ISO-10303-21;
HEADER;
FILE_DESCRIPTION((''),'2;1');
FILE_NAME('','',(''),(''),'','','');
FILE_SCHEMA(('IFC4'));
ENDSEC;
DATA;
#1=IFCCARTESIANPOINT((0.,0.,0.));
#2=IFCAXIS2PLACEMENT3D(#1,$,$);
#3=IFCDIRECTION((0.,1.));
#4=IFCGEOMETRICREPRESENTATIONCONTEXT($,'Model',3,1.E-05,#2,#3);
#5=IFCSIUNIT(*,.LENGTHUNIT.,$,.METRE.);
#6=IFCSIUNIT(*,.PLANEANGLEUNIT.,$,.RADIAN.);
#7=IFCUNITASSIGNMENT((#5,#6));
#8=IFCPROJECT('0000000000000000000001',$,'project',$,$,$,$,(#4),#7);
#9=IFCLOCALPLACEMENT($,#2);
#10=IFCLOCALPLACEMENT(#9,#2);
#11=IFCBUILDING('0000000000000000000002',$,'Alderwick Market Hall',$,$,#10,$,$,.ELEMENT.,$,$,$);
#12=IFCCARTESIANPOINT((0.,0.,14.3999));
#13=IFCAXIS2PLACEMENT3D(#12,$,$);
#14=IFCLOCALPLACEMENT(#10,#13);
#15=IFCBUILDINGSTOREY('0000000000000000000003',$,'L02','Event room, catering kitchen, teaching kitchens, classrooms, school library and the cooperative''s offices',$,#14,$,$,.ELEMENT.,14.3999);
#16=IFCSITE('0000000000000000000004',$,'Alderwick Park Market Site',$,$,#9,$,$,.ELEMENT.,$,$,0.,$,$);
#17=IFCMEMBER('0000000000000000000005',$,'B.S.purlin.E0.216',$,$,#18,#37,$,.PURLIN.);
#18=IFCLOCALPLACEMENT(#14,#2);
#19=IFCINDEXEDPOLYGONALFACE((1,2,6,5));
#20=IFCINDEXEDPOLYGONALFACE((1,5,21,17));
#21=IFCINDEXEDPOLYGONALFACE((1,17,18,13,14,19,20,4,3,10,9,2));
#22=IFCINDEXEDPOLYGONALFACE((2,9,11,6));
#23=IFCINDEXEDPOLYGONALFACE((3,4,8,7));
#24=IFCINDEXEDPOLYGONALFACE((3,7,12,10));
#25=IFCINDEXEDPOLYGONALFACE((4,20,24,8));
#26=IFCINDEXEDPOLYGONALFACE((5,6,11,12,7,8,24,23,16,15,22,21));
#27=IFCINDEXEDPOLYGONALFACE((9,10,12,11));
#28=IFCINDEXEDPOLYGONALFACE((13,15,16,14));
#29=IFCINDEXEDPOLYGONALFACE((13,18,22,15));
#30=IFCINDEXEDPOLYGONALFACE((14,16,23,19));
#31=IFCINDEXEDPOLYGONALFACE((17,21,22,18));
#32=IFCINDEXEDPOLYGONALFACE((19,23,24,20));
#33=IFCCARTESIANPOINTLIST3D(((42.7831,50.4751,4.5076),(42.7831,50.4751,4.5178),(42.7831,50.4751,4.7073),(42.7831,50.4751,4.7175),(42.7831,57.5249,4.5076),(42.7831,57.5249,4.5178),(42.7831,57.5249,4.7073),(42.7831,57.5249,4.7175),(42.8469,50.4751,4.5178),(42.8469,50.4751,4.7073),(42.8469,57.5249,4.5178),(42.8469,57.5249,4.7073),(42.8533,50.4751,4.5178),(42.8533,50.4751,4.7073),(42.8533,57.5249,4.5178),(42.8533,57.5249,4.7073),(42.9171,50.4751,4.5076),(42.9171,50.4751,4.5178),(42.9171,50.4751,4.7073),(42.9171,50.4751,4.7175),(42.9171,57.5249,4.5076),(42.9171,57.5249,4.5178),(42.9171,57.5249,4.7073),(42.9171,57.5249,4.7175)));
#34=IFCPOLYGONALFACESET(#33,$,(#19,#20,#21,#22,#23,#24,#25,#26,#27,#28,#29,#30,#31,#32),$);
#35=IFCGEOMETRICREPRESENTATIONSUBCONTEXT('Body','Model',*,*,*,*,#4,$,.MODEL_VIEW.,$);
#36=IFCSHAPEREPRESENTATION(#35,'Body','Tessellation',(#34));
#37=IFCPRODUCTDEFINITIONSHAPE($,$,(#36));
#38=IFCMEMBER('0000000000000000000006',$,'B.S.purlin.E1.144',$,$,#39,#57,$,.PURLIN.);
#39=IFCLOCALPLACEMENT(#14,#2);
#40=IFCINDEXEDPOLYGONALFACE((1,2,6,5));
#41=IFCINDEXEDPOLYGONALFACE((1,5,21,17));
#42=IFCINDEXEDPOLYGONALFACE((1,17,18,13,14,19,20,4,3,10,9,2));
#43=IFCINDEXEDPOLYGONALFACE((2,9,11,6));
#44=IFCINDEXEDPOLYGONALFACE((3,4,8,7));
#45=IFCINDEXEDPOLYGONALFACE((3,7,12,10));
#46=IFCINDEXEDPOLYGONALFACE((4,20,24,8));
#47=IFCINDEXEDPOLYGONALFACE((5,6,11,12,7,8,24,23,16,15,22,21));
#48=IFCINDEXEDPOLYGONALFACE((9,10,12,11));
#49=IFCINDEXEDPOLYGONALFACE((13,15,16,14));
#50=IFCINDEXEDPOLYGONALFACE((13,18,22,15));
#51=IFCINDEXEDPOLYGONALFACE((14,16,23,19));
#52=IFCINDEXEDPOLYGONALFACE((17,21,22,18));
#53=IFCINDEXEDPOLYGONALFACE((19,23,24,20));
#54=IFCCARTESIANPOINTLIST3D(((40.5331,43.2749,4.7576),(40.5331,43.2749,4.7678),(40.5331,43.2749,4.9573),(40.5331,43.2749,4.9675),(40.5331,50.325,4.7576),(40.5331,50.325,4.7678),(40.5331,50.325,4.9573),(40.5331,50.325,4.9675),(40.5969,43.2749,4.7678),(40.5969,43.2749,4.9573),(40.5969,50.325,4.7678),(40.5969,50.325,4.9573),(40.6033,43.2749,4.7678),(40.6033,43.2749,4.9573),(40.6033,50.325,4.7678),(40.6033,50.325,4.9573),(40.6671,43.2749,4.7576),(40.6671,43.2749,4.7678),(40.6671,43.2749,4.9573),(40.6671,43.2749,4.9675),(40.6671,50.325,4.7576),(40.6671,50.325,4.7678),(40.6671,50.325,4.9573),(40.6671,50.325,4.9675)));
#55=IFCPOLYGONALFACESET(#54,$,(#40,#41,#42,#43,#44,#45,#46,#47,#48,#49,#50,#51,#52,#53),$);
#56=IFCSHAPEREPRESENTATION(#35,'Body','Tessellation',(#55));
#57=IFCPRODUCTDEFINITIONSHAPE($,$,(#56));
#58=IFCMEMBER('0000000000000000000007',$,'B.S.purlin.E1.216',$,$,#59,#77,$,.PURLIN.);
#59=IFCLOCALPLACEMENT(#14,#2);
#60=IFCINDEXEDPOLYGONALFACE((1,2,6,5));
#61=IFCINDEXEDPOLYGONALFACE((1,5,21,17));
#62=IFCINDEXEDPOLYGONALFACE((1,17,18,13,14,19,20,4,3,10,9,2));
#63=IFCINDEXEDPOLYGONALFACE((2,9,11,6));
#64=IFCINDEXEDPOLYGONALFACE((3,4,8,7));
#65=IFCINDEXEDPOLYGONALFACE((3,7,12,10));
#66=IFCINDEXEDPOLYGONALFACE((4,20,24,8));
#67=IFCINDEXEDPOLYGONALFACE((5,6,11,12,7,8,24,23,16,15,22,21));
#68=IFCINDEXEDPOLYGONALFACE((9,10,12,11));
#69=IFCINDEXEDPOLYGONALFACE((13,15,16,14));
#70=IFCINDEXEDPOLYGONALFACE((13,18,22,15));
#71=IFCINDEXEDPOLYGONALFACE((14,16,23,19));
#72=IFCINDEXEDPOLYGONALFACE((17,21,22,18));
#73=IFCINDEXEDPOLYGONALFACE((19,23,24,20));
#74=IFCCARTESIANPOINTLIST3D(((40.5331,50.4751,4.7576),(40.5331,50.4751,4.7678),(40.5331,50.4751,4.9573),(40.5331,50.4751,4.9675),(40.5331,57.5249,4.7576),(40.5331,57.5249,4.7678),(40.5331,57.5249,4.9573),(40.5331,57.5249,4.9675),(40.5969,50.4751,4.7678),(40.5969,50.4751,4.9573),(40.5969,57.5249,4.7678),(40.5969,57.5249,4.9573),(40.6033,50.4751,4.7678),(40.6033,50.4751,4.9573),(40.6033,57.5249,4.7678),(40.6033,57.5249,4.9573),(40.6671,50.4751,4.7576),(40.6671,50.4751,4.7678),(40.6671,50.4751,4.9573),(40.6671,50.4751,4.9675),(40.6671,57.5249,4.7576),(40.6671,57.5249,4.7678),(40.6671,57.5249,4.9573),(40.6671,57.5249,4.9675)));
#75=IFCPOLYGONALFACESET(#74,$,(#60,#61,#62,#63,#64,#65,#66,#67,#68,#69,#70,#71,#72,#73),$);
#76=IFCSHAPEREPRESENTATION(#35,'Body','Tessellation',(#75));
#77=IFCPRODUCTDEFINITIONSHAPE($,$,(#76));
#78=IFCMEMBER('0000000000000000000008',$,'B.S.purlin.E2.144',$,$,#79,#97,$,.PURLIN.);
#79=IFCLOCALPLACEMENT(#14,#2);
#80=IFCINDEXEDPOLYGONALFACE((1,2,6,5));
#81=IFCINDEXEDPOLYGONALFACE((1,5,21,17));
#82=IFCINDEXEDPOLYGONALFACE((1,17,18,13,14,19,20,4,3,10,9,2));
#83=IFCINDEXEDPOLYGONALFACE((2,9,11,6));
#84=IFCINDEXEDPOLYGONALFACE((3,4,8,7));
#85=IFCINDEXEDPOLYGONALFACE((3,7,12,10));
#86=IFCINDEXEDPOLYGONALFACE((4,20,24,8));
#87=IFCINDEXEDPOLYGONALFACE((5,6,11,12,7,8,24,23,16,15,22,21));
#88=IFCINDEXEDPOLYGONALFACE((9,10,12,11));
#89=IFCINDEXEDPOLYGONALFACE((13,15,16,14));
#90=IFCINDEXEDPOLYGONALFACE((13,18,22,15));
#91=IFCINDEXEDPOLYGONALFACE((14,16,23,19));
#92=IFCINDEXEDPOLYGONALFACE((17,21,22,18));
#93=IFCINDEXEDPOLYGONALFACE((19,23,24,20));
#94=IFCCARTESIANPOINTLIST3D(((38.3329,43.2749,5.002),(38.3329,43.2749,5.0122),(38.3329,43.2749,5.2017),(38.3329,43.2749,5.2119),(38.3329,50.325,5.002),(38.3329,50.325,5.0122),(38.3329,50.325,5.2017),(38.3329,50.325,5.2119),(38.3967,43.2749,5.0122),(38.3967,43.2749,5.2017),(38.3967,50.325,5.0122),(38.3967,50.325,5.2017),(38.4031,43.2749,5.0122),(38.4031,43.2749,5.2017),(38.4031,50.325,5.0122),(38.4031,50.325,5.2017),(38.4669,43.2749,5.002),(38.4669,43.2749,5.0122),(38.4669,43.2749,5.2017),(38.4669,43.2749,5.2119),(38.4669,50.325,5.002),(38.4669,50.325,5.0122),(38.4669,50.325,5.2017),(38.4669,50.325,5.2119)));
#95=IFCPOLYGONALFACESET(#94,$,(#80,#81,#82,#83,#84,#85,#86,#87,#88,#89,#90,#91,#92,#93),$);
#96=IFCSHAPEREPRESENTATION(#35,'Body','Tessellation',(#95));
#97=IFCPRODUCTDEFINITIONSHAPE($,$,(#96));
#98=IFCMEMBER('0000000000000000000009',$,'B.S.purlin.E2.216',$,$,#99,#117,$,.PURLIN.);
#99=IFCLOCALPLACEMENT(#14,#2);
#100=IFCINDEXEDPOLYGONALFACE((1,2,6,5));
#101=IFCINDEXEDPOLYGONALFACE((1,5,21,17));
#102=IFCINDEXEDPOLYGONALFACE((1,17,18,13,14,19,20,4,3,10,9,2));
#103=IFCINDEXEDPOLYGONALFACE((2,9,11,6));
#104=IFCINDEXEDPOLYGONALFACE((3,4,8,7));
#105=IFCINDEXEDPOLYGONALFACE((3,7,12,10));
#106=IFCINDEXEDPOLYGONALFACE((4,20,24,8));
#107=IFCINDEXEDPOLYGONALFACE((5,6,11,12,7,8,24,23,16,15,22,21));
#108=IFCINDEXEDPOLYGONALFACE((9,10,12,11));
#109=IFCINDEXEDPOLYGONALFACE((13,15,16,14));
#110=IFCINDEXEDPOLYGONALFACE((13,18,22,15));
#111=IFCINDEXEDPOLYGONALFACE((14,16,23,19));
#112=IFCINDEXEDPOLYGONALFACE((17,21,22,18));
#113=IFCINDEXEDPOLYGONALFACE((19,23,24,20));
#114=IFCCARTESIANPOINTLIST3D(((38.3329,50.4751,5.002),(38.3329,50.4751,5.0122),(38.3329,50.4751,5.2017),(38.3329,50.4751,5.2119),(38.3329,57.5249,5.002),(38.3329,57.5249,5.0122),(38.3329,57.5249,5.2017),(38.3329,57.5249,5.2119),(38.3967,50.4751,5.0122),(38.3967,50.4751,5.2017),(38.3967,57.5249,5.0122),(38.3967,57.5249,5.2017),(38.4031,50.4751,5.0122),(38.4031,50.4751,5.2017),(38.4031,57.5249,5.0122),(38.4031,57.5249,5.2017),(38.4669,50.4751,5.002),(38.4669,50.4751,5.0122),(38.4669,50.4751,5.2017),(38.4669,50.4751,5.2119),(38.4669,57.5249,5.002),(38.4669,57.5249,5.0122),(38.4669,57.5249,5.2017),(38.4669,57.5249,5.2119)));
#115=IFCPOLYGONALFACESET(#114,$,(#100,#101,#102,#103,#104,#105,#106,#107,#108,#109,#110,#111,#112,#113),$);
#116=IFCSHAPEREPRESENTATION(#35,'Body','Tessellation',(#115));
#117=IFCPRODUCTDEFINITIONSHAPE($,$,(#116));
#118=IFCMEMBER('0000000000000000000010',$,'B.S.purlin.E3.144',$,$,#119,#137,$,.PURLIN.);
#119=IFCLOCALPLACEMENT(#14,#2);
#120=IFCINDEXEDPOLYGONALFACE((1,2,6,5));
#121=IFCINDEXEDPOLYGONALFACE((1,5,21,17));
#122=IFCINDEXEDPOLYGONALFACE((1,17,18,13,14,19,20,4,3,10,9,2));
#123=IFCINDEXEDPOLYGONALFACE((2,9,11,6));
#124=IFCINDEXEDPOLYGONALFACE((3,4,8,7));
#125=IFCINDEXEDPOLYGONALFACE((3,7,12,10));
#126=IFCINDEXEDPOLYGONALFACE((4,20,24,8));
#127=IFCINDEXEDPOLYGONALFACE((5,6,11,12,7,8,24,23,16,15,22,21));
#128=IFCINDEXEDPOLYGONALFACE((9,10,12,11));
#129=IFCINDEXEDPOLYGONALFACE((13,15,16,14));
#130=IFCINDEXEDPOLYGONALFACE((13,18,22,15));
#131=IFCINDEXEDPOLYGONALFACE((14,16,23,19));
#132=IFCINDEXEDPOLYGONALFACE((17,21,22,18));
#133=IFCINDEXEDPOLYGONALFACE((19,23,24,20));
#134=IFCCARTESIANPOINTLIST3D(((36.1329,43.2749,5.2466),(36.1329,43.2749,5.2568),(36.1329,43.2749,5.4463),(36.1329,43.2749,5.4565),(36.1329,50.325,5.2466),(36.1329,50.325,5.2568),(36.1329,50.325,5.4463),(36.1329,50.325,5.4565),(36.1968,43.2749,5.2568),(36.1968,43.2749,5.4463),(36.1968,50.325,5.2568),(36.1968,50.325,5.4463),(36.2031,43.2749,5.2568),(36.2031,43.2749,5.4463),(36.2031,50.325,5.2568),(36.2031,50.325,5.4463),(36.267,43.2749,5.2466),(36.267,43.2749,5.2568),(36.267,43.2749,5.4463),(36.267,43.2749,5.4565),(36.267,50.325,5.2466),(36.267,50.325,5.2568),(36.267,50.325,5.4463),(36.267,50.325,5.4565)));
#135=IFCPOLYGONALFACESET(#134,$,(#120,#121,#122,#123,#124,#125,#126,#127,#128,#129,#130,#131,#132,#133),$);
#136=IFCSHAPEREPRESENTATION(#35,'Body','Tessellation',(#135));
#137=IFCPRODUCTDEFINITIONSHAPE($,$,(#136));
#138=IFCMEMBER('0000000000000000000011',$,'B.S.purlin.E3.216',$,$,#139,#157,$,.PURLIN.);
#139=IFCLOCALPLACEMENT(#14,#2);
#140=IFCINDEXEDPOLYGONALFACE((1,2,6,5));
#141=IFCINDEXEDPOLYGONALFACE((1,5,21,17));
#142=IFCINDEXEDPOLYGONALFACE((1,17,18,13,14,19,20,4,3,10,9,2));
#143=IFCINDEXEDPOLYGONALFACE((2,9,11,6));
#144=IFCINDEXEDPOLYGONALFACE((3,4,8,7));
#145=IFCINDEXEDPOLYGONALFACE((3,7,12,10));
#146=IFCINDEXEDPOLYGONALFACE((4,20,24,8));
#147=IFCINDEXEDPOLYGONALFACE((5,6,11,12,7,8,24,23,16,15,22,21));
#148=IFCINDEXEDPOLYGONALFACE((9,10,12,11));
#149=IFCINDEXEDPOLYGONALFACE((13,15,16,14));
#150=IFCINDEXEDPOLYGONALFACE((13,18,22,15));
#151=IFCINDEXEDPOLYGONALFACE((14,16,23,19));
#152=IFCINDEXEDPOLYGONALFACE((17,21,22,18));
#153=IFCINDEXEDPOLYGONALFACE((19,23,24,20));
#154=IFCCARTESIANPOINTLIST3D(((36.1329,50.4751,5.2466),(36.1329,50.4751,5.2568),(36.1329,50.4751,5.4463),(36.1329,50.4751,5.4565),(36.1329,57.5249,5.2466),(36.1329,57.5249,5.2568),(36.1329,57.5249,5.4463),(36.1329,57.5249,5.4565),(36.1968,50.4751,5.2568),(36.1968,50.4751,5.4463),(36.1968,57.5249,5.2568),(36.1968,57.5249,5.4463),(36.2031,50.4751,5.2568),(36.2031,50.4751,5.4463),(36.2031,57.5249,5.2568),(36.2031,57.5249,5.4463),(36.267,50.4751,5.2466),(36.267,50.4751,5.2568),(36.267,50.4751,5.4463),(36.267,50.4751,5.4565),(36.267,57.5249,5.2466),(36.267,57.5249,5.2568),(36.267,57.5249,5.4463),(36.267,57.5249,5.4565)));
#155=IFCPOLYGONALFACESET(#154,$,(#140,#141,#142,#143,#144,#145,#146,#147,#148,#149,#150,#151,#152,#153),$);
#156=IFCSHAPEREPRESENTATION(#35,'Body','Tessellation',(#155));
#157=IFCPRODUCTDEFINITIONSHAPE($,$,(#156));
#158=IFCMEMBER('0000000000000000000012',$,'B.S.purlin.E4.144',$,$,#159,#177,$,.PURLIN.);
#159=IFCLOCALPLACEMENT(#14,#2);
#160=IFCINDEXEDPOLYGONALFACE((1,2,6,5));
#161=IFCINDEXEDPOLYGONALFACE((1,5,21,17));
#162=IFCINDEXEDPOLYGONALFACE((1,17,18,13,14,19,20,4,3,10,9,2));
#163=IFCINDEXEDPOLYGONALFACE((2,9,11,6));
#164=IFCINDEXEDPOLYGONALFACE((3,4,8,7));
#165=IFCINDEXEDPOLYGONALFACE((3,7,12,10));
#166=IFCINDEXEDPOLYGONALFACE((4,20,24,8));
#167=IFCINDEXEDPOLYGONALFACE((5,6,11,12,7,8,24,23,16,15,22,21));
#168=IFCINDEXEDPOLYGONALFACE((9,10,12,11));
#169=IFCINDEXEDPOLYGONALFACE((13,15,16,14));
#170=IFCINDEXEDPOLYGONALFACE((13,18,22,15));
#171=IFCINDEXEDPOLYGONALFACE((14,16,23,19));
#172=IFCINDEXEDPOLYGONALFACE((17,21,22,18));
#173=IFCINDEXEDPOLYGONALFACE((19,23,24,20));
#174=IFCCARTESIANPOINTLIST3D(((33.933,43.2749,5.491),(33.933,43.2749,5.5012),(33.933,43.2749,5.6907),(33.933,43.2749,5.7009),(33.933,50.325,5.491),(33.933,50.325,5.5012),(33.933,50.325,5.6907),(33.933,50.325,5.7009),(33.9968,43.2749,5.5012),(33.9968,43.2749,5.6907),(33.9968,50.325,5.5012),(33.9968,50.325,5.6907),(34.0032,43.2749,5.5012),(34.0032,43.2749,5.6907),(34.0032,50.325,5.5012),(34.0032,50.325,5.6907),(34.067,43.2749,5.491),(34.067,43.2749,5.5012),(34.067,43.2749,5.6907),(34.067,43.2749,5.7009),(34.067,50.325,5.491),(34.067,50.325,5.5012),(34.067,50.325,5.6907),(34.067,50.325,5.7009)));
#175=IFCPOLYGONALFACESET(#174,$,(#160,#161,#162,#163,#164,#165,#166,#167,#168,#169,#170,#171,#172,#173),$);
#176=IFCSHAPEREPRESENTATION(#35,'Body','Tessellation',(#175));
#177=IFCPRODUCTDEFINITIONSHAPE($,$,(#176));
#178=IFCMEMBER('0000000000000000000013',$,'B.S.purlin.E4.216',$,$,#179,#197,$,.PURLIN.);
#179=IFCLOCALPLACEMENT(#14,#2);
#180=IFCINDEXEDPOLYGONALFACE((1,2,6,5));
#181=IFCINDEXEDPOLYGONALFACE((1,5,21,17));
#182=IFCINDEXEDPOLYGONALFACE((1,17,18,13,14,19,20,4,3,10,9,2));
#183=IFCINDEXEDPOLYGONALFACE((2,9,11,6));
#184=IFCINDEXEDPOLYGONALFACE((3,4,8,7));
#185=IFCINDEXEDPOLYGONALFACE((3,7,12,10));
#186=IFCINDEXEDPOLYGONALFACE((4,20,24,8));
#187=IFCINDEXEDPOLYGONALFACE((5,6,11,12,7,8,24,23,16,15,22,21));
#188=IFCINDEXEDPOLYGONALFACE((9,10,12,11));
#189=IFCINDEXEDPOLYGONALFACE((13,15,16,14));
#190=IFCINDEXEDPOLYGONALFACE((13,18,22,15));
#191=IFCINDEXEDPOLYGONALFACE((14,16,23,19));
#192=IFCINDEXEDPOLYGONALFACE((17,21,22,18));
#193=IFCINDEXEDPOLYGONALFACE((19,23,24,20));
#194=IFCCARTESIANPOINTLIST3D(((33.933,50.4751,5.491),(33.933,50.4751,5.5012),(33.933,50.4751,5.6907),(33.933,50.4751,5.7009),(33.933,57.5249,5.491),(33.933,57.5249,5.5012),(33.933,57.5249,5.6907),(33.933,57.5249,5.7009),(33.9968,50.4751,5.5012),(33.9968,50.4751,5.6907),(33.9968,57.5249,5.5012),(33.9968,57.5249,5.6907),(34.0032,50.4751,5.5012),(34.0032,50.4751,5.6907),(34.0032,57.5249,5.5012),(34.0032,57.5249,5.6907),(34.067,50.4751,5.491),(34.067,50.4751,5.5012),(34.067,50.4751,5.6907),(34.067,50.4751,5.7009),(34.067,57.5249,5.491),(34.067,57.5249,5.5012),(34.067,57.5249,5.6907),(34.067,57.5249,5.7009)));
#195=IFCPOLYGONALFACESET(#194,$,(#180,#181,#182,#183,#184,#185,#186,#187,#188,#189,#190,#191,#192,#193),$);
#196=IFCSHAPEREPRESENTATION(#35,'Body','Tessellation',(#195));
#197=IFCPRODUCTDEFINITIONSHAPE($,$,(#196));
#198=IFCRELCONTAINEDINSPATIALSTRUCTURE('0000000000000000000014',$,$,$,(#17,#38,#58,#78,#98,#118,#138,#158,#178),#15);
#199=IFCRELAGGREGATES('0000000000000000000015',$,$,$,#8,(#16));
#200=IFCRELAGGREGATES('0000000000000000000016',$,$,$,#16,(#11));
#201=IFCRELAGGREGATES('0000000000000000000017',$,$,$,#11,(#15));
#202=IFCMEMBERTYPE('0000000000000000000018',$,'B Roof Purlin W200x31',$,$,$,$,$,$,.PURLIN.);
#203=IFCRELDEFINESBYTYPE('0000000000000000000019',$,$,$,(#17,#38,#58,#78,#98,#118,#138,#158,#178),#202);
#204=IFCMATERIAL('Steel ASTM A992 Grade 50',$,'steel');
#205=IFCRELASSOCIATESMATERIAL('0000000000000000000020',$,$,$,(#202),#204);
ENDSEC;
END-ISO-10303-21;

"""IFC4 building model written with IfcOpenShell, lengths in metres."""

from ifc_helpers import new_model, si_unit, direction, frame, origin, origin_2d, place, context, subcontext, project, spatial, i_section, extrude, material, material_profile, profile_set, type_object, element, save


model = new_model("IFC4")

# Units and contexts
model_context = context("Model", 3, precision=1e-05, world=origin(), true_north=direction((0.0, 1.0)))
body_context = subcontext(model_context, "Body", "Model", "MODEL_VIEW")
ifc_project = project(units=[si_unit("LENGTHUNIT", "METRE"), si_unit("PLANEANGLEUNIT", "RADIAN")], contexts=[model_context])

# Site, building, storey
site_placement = place(None, origin())
site = spatial("IfcSite", under=ifc_project, at=site_placement, Name="Alderwick Park Market Site", CompositionType="ELEMENT", RefElevation=0.0)
building_placement = place(site_placement, origin())
building = spatial("IfcBuilding", under=site, at=building_placement, Name="Alderwick Market Hall", CompositionType="ELEMENT")
storey_placement = place(building_placement, frame((0.0, 0.0, 14.3999)))
storey = spatial("IfcBuildingStorey", under=building, at=storey_placement, Name="L02", Description="Event room, catering kitchen, teaching kitchens, classrooms, school library and the cooperative's offices", CompositionType="ELEMENT", Elevation=14.3999)

# Members
ifc_material_1 = material(Name="Steel ASTM A992 Grade 50", Category="steel")
ifc_material_profile_1 = material_profile(ifc_material_1, i_section(OverallWidth=0.134, OverallDepth=0.21, WebThickness=0.0063, FlangeThickness=0.0103, at=origin_2d()), Name="W200x31")
ifc_profile_set_1 = profile_set([ifc_material_profile_1], Name="Steel ASTM A992 Grade 50")
member_type = type_object("IfcMemberType", Name="B Roof Purlin W200x31", PredefinedType="PURLIN", material=ifc_profile_set_1)
member_1_placement = place(storey_placement, frame((42.8501, 50.4751, 4.6125), z_axis=(0.0, 1.0, 0.0), x_axis=(-1.0, 0.0, 0.0)))
element("IfcMember", 1, at=member_1_placement, inside=storey, type_object=member_type, Name="B.S.purlin.E0.216", PredefinedType="PURLIN", context=body_context, shape_type="SweptSolid", body=[
    extrude(i_section(OverallWidth=0.134, OverallDepth=0.21, WebThickness=0.0063, FlangeThickness=0.0103, at=origin_2d()), origin(), (0.0, 0.0, 1.0), 7.0498),
])
member_2_placement = place(storey_placement, frame((40.6001, 43.2749, 4.8625), z_axis=(0.0, 1.0, 0.0), x_axis=(-1.0, 0.0, 0.0)))
element("IfcMember", 2, at=member_2_placement, inside=storey, type_object=member_type, Name="B.S.purlin.E1.144", PredefinedType="PURLIN", context=body_context, shape_type="SweptSolid", body=[
    extrude(i_section(OverallWidth=0.134, OverallDepth=0.21, WebThickness=0.0063, FlangeThickness=0.0103, at=origin_2d()), origin(), (0.0, 0.0, 1.0), 7.05),
])
member_3_placement = place(storey_placement, frame((40.6001, 50.4751, 4.8625), z_axis=(0.0, 1.0, 0.0), x_axis=(-1.0, 0.0, 0.0)))
element("IfcMember", 3, at=member_3_placement, inside=storey, type_object=member_type, Name="B.S.purlin.E1.216", PredefinedType="PURLIN", context=body_context, shape_type="SweptSolid", body=[
    extrude(i_section(OverallWidth=0.134, OverallDepth=0.21, WebThickness=0.0063, FlangeThickness=0.0103, at=origin_2d()), origin(), (0.0, 0.0, 1.0), 7.0498),
])
member_4_placement = place(storey_placement, frame((38.3999, 43.2749, 5.1069), z_axis=(0.0, 1.0, 0.0), x_axis=(-1.0, 0.0, 0.0)))
element("IfcMember", 4, at=member_4_placement, inside=storey, type_object=member_type, Name="B.S.purlin.E2.144", PredefinedType="PURLIN", context=body_context, shape_type="SweptSolid", body=[
    extrude(i_section(OverallWidth=0.134, OverallDepth=0.21, WebThickness=0.0063, FlangeThickness=0.0103, at=origin_2d()), origin(), (0.0, 0.0, 1.0), 7.05),
])
member_5_placement = place(storey_placement, frame((38.3999, 50.4751, 5.1069), z_axis=(0.0, 1.0, 0.0), x_axis=(-1.0, 0.0, 0.0)))
element("IfcMember", 5, at=member_5_placement, inside=storey, type_object=member_type, Name="B.S.purlin.E2.216", PredefinedType="PURLIN", context=body_context, shape_type="SweptSolid", body=[
    extrude(i_section(OverallWidth=0.134, OverallDepth=0.21, WebThickness=0.0063, FlangeThickness=0.0103, at=origin_2d()), origin(), (0.0, 0.0, 1.0), 7.0498),
])
member_6_placement = place(storey_placement, frame((36.2, 43.2749, 5.3516), z_axis=(0.0, 1.0, 0.0), x_axis=(-1.0, 0.0, 0.0)))
element("IfcMember", 6, at=member_6_placement, inside=storey, type_object=member_type, Name="B.S.purlin.E3.144", PredefinedType="PURLIN", context=body_context, shape_type="SweptSolid", body=[
    extrude(i_section(OverallWidth=0.134, OverallDepth=0.21, WebThickness=0.0063, FlangeThickness=0.0103, at=origin_2d()), origin(), (0.0, 0.0, 1.0), 7.05),
])
member_7_placement = place(storey_placement, frame((36.2, 50.4751, 5.3516), z_axis=(0.0, 1.0, 0.0), x_axis=(-1.0, 0.0, 0.0)))
element("IfcMember", 7, at=member_7_placement, inside=storey, type_object=member_type, Name="B.S.purlin.E3.216", PredefinedType="PURLIN", context=body_context, shape_type="SweptSolid", body=[
    extrude(i_section(OverallWidth=0.134, OverallDepth=0.21, WebThickness=0.0063, FlangeThickness=0.0103, at=origin_2d()), origin(), (0.0, 0.0, 1.0), 7.0498),
])
member_8_placement = place(storey_placement, frame((34.0, 43.2749, 5.5959), z_axis=(0.0, 1.0, 0.0), x_axis=(-1.0, 0.0, 0.0)))
element("IfcMember", 8, at=member_8_placement, inside=storey, type_object=member_type, Name="B.S.purlin.E4.144", PredefinedType="PURLIN", context=body_context, shape_type="SweptSolid", body=[
    extrude(i_section(OverallWidth=0.134, OverallDepth=0.21, WebThickness=0.0063, FlangeThickness=0.0103, at=origin_2d()), origin(), (0.0, 0.0, 1.0), 7.05),
])
member_9_placement = place(storey_placement, frame((34.0, 50.4751, 5.5959), z_axis=(0.0, 1.0, 0.0), x_axis=(-1.0, 0.0, 0.0)))
element("IfcMember", 9, at=member_9_placement, inside=storey, type_object=member_type, Name="B.S.purlin.E4.216", PredefinedType="PURLIN", context=body_context, shape_type="SweptSolid", body=[
    extrude(i_section(OverallWidth=0.134, OverallDepth=0.21, WebThickness=0.0063, FlangeThickness=0.0103, at=origin_2d()), origin(), (0.0, 0.0, 1.0), 7.0498),
])

save(model, "model.ifc")
